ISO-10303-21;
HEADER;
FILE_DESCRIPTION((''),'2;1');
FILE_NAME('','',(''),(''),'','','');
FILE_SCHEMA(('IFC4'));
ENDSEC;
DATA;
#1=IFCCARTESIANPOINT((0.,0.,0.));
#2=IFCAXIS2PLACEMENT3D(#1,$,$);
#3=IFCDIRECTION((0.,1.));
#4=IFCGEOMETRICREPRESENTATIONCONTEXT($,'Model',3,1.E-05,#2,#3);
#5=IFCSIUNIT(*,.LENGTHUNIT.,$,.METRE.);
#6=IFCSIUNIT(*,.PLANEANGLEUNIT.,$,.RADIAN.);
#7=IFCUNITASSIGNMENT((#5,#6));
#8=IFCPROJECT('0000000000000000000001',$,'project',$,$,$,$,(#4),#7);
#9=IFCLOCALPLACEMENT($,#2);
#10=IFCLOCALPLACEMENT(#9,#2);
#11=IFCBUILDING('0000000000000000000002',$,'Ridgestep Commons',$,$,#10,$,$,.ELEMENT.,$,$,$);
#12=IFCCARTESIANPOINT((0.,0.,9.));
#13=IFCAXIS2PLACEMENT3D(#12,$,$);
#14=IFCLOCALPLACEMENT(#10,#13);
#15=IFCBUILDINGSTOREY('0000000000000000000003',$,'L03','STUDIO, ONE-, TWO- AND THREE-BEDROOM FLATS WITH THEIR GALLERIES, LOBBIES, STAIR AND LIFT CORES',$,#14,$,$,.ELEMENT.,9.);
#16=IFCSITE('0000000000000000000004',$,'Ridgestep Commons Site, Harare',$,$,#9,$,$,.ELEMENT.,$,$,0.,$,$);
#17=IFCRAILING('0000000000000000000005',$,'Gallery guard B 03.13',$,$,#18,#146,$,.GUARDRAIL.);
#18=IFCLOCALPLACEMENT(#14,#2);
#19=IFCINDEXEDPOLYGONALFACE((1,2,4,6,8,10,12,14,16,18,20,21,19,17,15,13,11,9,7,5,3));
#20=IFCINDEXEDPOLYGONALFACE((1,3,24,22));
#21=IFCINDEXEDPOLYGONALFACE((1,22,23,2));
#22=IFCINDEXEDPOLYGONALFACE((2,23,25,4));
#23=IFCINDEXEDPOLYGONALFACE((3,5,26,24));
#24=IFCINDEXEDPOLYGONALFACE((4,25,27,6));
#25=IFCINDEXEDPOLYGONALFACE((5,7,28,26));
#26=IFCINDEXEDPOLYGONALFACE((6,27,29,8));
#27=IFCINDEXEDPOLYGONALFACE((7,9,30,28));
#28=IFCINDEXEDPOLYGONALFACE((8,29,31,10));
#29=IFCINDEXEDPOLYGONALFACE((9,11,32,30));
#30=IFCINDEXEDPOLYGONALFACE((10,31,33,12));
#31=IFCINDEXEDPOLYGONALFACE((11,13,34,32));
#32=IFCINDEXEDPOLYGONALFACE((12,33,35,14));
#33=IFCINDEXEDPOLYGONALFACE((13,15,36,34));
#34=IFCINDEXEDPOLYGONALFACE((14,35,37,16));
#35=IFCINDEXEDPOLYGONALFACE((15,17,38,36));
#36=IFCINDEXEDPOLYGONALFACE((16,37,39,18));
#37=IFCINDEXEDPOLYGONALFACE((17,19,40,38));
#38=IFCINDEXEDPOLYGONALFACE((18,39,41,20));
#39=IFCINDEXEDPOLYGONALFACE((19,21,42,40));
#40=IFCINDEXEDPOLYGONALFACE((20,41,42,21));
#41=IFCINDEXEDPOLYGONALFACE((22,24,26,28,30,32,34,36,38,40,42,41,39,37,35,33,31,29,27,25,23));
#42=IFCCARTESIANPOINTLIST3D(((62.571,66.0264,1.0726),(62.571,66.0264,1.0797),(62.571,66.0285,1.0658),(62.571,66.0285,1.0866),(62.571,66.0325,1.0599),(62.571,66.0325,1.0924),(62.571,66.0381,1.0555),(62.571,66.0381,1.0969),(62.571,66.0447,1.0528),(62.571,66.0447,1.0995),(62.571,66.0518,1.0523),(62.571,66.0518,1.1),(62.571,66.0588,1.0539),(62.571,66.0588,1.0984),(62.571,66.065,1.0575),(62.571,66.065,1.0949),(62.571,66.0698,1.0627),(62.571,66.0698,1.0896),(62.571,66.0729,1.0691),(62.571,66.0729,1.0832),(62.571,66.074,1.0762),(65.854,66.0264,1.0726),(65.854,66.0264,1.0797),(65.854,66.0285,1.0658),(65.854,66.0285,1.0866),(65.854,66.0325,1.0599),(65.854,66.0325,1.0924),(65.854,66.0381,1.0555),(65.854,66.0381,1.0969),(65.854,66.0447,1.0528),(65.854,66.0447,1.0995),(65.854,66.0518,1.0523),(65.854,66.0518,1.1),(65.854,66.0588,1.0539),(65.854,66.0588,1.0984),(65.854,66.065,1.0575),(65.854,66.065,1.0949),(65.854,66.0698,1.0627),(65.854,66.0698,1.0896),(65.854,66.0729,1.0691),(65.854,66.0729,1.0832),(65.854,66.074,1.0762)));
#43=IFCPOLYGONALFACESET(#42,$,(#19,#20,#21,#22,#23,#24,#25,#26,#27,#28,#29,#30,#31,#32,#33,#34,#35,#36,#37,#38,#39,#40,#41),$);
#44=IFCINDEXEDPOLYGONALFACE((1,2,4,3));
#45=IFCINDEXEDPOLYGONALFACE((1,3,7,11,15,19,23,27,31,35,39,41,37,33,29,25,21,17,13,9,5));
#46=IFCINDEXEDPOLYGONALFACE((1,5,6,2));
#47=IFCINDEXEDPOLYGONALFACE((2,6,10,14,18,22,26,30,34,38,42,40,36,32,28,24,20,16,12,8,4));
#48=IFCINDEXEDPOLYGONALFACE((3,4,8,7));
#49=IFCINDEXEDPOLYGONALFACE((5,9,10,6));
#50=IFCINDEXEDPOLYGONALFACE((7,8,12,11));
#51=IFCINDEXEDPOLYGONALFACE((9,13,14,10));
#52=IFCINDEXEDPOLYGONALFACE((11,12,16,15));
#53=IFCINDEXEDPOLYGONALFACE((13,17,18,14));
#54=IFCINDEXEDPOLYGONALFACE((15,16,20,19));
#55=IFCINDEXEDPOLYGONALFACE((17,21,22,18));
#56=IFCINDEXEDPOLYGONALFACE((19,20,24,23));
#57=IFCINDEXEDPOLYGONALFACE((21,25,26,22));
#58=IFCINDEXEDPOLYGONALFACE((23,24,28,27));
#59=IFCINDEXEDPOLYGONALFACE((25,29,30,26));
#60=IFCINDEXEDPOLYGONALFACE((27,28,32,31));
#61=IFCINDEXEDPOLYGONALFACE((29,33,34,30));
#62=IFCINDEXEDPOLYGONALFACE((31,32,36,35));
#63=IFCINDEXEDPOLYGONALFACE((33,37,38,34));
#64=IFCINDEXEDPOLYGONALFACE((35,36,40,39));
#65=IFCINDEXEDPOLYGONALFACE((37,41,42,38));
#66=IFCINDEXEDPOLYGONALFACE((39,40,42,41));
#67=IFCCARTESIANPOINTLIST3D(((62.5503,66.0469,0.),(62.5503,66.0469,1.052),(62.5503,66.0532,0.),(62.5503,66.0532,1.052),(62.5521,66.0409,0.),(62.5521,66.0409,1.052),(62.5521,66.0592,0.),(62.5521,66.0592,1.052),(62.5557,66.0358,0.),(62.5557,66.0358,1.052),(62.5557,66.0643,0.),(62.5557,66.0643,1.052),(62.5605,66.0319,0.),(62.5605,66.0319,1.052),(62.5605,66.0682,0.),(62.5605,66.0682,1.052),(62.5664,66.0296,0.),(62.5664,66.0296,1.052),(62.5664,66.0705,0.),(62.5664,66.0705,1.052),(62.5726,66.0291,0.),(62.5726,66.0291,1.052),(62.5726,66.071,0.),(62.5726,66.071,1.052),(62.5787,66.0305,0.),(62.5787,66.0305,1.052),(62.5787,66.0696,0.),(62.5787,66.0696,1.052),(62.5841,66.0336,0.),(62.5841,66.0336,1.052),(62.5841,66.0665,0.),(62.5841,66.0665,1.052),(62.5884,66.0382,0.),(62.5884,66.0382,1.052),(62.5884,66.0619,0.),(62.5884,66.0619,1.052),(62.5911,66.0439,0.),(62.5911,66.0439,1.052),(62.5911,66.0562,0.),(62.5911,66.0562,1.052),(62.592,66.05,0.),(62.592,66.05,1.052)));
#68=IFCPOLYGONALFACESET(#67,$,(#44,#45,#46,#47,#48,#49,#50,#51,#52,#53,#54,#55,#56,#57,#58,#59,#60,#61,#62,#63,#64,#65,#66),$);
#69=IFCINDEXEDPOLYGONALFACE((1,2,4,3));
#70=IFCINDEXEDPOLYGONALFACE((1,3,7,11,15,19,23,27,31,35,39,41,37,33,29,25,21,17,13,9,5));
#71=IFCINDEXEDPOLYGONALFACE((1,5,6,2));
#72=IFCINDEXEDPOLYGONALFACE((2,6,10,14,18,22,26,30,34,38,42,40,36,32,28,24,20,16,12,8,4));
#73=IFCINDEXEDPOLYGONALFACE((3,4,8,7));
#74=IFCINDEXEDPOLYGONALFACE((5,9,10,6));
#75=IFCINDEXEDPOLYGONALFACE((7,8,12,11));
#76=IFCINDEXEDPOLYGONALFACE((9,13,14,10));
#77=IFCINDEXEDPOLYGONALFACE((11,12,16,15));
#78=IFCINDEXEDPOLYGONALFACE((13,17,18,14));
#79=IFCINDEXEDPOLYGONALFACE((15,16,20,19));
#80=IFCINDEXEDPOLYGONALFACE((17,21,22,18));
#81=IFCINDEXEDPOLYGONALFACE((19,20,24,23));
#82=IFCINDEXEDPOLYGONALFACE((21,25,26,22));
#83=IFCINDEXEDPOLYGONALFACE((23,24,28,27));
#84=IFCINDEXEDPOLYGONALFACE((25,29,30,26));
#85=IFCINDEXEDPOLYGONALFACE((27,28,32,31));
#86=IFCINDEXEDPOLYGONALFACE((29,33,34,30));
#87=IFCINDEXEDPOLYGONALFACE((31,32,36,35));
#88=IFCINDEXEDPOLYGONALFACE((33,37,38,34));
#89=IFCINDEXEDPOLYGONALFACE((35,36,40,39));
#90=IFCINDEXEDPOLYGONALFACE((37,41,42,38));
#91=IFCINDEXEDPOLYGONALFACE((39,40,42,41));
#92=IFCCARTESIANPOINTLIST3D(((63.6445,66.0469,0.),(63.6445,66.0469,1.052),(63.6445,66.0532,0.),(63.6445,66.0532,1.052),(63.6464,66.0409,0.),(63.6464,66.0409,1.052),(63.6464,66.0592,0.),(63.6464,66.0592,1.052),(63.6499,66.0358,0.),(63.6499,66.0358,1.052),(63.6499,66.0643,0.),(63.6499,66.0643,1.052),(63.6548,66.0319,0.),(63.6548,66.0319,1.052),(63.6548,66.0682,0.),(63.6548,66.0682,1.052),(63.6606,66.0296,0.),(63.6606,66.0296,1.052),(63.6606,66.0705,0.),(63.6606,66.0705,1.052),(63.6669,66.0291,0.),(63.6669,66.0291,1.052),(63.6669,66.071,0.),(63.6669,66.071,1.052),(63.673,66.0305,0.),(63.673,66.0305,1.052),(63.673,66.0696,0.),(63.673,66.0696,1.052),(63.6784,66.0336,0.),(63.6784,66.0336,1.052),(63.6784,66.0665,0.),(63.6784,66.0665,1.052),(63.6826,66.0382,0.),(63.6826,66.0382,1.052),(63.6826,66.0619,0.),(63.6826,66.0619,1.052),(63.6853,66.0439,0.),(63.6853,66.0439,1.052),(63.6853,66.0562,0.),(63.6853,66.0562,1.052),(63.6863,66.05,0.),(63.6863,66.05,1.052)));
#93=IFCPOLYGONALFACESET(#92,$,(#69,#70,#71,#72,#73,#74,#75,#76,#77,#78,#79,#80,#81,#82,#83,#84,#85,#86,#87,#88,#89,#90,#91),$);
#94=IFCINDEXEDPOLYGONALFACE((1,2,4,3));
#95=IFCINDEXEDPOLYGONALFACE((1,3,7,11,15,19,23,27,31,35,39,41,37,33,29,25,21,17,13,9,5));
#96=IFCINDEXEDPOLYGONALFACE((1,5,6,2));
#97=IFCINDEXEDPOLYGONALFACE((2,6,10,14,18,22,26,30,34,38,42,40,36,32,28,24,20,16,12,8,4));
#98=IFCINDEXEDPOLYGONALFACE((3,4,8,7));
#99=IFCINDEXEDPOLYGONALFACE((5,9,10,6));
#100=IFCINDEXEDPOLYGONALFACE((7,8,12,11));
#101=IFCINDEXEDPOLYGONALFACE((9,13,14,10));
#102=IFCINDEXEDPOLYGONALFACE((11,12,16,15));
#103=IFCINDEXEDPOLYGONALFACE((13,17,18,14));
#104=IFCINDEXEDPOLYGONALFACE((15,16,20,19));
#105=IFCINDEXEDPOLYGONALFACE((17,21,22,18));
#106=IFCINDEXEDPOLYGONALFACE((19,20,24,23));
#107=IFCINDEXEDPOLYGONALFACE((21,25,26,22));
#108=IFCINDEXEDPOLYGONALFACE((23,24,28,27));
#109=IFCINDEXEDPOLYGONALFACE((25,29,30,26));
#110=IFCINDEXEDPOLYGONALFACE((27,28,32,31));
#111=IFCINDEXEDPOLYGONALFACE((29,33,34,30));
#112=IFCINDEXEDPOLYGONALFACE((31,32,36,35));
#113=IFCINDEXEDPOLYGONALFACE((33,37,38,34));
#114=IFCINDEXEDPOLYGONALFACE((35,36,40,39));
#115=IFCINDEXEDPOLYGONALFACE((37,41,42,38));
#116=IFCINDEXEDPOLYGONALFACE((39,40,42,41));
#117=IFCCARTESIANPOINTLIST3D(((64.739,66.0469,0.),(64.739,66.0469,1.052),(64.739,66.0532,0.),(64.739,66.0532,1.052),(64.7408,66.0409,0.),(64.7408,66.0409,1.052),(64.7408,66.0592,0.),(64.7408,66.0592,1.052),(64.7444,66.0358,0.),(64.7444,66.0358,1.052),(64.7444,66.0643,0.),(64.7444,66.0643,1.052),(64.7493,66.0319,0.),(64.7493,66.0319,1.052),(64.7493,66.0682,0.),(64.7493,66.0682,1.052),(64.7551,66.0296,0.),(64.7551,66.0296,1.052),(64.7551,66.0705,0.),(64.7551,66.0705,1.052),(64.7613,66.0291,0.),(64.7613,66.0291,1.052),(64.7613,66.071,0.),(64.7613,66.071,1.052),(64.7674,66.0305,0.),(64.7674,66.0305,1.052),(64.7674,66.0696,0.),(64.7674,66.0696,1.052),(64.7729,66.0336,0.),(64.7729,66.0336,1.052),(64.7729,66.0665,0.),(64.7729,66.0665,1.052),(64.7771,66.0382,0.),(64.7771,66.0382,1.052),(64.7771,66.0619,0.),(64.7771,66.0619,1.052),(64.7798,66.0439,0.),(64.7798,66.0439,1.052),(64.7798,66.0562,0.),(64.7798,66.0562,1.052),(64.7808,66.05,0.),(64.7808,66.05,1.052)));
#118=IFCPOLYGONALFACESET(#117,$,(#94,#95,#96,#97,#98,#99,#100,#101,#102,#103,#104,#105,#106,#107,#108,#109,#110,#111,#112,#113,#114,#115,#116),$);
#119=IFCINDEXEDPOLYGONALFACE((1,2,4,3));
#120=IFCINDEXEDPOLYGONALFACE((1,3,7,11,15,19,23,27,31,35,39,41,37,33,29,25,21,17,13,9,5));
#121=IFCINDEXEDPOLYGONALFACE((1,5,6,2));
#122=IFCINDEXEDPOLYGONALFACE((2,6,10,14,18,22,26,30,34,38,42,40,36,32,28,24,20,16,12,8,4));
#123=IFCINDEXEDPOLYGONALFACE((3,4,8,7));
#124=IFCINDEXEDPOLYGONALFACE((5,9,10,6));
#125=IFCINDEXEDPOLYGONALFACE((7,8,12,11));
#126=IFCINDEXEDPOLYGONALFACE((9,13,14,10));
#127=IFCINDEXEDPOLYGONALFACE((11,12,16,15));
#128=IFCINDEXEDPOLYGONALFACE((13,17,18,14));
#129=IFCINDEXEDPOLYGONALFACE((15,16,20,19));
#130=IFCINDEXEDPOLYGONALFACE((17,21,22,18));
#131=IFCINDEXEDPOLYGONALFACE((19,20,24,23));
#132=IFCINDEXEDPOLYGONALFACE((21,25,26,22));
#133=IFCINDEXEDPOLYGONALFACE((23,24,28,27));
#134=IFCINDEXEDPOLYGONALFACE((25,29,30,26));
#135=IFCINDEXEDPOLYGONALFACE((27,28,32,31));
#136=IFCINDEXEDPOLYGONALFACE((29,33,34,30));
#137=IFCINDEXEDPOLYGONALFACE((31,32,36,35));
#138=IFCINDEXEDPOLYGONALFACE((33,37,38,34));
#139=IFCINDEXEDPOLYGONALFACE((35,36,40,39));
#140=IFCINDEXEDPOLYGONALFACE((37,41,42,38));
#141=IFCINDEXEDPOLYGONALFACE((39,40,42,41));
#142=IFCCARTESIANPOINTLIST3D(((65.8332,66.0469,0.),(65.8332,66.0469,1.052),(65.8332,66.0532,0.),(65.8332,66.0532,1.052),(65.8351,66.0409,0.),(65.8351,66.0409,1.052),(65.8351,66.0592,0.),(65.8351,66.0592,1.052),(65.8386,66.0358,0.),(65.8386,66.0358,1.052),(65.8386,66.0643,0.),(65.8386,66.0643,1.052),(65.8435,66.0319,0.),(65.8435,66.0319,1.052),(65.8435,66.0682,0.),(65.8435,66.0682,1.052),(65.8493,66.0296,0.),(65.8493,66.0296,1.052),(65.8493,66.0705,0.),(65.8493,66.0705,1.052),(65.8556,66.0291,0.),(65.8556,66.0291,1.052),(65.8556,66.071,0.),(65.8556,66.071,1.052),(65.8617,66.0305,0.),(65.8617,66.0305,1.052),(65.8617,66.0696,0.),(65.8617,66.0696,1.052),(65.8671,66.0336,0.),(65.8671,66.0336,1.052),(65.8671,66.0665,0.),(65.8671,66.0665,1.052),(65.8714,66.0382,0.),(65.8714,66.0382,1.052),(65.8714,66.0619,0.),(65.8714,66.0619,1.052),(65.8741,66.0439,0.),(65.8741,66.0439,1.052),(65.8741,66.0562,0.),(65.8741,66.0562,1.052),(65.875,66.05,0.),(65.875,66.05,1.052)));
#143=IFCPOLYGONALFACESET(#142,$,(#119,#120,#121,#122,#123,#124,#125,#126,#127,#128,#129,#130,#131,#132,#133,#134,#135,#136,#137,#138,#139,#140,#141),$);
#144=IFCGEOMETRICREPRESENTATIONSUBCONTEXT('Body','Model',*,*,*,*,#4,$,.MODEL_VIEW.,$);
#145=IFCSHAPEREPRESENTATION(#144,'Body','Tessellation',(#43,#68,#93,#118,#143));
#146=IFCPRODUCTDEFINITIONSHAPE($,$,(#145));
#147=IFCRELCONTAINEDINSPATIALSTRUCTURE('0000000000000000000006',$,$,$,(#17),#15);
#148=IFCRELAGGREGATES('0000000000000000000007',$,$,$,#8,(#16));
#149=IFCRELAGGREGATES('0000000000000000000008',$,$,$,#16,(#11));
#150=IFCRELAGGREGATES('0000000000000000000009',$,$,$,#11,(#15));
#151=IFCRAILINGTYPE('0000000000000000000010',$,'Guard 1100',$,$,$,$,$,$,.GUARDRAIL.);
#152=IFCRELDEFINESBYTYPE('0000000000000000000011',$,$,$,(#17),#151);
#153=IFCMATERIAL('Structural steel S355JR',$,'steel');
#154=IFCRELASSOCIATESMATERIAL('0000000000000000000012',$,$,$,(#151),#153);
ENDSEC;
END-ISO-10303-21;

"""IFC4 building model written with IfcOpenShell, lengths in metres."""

from ifc_helpers import new_model, si_unit, direction, frame, origin, origin_2d, place, context, subcontext, project, spatial, circle, extrude, material, type_object, element, save


model = new_model("IFC4")

# Units and contexts
model_context = context("Model", 3, precision=1e-05, world=origin(), true_north=direction((0.0, 1.0)))
body_context = subcontext(model_context, "Body", "Model", "MODEL_VIEW")
ifc_project = project(units=[si_unit("LENGTHUNIT", "METRE"), si_unit("PLANEANGLEUNIT", "RADIAN")], contexts=[model_context])

# Site, building, storey
site_placement = place(None, origin())
site = spatial("IfcSite", under=ifc_project, at=site_placement, Name="Ridgestep Commons Site, Harare", CompositionType="ELEMENT", RefElevation=0.0)
building_placement = place(site_placement, origin())
building = spatial("IfcBuilding", under=site, at=building_placement, Name="Ridgestep Commons", CompositionType="ELEMENT")
storey_placement = place(building_placement, frame((0.0, 0.0, 9.0)))
storey = spatial("IfcBuildingStorey", under=building, at=storey_placement, Name="L03", Description="STUDIO, ONE-, TWO- AND THREE-BEDROOM FLATS WITH THEIR GALLERIES, LOBBIES, STAIR AND LIFT CORES", CompositionType="ELEMENT", Elevation=9.0)

# Railing
ifc_material_1 = material(Name="Structural steel S355JR", Category="steel")
railing_type_1 = type_object("IfcRailingType", Name="Guard 1100", PredefinedType="GUARDRAIL", material=ifc_material_1)
for number, where, name in (
    (1, (62.571, 66.05, 0.0), "Gallery guard B 03.13"),
):
    element("IfcRailing", number, at=place(storey_placement, frame(where)), inside=storey, type_object=railing_type_1, Name=name, PredefinedType="GUARDRAIL", context=body_context, shape_type="SweptSolid", body=[
        extrude(circle(Radius=0.0239, at=origin_2d()), frame((0.0, 0.0, 1.0762), z_axis=(1.0, 0.0, 0.0), x_axis=(0.0, 1.0, 0.0)), (0.0, 0.0, 1.0), 3.283),
        extrude(circle(Radius=0.021, at=origin_2d()), origin(), (0.0, 0.0, 1.0), 1.052),
        extrude(circle(Radius=0.021, at=origin_2d()), frame((1.0942, 0.0, 0.0)), (0.0, 0.0, 1.0), 1.052),
        extrude(circle(Radius=0.021, at=origin_2d()), frame((2.1887, 0.0, 0.0)), (0.0, 0.0, 1.0), 1.052),
        extrude(circle(Radius=0.021, at=origin_2d()), frame((3.283, 0.0, 0.0)), (0.0, 0.0, 1.0), 1.052),
    ])

save(model, "model.ifc")
